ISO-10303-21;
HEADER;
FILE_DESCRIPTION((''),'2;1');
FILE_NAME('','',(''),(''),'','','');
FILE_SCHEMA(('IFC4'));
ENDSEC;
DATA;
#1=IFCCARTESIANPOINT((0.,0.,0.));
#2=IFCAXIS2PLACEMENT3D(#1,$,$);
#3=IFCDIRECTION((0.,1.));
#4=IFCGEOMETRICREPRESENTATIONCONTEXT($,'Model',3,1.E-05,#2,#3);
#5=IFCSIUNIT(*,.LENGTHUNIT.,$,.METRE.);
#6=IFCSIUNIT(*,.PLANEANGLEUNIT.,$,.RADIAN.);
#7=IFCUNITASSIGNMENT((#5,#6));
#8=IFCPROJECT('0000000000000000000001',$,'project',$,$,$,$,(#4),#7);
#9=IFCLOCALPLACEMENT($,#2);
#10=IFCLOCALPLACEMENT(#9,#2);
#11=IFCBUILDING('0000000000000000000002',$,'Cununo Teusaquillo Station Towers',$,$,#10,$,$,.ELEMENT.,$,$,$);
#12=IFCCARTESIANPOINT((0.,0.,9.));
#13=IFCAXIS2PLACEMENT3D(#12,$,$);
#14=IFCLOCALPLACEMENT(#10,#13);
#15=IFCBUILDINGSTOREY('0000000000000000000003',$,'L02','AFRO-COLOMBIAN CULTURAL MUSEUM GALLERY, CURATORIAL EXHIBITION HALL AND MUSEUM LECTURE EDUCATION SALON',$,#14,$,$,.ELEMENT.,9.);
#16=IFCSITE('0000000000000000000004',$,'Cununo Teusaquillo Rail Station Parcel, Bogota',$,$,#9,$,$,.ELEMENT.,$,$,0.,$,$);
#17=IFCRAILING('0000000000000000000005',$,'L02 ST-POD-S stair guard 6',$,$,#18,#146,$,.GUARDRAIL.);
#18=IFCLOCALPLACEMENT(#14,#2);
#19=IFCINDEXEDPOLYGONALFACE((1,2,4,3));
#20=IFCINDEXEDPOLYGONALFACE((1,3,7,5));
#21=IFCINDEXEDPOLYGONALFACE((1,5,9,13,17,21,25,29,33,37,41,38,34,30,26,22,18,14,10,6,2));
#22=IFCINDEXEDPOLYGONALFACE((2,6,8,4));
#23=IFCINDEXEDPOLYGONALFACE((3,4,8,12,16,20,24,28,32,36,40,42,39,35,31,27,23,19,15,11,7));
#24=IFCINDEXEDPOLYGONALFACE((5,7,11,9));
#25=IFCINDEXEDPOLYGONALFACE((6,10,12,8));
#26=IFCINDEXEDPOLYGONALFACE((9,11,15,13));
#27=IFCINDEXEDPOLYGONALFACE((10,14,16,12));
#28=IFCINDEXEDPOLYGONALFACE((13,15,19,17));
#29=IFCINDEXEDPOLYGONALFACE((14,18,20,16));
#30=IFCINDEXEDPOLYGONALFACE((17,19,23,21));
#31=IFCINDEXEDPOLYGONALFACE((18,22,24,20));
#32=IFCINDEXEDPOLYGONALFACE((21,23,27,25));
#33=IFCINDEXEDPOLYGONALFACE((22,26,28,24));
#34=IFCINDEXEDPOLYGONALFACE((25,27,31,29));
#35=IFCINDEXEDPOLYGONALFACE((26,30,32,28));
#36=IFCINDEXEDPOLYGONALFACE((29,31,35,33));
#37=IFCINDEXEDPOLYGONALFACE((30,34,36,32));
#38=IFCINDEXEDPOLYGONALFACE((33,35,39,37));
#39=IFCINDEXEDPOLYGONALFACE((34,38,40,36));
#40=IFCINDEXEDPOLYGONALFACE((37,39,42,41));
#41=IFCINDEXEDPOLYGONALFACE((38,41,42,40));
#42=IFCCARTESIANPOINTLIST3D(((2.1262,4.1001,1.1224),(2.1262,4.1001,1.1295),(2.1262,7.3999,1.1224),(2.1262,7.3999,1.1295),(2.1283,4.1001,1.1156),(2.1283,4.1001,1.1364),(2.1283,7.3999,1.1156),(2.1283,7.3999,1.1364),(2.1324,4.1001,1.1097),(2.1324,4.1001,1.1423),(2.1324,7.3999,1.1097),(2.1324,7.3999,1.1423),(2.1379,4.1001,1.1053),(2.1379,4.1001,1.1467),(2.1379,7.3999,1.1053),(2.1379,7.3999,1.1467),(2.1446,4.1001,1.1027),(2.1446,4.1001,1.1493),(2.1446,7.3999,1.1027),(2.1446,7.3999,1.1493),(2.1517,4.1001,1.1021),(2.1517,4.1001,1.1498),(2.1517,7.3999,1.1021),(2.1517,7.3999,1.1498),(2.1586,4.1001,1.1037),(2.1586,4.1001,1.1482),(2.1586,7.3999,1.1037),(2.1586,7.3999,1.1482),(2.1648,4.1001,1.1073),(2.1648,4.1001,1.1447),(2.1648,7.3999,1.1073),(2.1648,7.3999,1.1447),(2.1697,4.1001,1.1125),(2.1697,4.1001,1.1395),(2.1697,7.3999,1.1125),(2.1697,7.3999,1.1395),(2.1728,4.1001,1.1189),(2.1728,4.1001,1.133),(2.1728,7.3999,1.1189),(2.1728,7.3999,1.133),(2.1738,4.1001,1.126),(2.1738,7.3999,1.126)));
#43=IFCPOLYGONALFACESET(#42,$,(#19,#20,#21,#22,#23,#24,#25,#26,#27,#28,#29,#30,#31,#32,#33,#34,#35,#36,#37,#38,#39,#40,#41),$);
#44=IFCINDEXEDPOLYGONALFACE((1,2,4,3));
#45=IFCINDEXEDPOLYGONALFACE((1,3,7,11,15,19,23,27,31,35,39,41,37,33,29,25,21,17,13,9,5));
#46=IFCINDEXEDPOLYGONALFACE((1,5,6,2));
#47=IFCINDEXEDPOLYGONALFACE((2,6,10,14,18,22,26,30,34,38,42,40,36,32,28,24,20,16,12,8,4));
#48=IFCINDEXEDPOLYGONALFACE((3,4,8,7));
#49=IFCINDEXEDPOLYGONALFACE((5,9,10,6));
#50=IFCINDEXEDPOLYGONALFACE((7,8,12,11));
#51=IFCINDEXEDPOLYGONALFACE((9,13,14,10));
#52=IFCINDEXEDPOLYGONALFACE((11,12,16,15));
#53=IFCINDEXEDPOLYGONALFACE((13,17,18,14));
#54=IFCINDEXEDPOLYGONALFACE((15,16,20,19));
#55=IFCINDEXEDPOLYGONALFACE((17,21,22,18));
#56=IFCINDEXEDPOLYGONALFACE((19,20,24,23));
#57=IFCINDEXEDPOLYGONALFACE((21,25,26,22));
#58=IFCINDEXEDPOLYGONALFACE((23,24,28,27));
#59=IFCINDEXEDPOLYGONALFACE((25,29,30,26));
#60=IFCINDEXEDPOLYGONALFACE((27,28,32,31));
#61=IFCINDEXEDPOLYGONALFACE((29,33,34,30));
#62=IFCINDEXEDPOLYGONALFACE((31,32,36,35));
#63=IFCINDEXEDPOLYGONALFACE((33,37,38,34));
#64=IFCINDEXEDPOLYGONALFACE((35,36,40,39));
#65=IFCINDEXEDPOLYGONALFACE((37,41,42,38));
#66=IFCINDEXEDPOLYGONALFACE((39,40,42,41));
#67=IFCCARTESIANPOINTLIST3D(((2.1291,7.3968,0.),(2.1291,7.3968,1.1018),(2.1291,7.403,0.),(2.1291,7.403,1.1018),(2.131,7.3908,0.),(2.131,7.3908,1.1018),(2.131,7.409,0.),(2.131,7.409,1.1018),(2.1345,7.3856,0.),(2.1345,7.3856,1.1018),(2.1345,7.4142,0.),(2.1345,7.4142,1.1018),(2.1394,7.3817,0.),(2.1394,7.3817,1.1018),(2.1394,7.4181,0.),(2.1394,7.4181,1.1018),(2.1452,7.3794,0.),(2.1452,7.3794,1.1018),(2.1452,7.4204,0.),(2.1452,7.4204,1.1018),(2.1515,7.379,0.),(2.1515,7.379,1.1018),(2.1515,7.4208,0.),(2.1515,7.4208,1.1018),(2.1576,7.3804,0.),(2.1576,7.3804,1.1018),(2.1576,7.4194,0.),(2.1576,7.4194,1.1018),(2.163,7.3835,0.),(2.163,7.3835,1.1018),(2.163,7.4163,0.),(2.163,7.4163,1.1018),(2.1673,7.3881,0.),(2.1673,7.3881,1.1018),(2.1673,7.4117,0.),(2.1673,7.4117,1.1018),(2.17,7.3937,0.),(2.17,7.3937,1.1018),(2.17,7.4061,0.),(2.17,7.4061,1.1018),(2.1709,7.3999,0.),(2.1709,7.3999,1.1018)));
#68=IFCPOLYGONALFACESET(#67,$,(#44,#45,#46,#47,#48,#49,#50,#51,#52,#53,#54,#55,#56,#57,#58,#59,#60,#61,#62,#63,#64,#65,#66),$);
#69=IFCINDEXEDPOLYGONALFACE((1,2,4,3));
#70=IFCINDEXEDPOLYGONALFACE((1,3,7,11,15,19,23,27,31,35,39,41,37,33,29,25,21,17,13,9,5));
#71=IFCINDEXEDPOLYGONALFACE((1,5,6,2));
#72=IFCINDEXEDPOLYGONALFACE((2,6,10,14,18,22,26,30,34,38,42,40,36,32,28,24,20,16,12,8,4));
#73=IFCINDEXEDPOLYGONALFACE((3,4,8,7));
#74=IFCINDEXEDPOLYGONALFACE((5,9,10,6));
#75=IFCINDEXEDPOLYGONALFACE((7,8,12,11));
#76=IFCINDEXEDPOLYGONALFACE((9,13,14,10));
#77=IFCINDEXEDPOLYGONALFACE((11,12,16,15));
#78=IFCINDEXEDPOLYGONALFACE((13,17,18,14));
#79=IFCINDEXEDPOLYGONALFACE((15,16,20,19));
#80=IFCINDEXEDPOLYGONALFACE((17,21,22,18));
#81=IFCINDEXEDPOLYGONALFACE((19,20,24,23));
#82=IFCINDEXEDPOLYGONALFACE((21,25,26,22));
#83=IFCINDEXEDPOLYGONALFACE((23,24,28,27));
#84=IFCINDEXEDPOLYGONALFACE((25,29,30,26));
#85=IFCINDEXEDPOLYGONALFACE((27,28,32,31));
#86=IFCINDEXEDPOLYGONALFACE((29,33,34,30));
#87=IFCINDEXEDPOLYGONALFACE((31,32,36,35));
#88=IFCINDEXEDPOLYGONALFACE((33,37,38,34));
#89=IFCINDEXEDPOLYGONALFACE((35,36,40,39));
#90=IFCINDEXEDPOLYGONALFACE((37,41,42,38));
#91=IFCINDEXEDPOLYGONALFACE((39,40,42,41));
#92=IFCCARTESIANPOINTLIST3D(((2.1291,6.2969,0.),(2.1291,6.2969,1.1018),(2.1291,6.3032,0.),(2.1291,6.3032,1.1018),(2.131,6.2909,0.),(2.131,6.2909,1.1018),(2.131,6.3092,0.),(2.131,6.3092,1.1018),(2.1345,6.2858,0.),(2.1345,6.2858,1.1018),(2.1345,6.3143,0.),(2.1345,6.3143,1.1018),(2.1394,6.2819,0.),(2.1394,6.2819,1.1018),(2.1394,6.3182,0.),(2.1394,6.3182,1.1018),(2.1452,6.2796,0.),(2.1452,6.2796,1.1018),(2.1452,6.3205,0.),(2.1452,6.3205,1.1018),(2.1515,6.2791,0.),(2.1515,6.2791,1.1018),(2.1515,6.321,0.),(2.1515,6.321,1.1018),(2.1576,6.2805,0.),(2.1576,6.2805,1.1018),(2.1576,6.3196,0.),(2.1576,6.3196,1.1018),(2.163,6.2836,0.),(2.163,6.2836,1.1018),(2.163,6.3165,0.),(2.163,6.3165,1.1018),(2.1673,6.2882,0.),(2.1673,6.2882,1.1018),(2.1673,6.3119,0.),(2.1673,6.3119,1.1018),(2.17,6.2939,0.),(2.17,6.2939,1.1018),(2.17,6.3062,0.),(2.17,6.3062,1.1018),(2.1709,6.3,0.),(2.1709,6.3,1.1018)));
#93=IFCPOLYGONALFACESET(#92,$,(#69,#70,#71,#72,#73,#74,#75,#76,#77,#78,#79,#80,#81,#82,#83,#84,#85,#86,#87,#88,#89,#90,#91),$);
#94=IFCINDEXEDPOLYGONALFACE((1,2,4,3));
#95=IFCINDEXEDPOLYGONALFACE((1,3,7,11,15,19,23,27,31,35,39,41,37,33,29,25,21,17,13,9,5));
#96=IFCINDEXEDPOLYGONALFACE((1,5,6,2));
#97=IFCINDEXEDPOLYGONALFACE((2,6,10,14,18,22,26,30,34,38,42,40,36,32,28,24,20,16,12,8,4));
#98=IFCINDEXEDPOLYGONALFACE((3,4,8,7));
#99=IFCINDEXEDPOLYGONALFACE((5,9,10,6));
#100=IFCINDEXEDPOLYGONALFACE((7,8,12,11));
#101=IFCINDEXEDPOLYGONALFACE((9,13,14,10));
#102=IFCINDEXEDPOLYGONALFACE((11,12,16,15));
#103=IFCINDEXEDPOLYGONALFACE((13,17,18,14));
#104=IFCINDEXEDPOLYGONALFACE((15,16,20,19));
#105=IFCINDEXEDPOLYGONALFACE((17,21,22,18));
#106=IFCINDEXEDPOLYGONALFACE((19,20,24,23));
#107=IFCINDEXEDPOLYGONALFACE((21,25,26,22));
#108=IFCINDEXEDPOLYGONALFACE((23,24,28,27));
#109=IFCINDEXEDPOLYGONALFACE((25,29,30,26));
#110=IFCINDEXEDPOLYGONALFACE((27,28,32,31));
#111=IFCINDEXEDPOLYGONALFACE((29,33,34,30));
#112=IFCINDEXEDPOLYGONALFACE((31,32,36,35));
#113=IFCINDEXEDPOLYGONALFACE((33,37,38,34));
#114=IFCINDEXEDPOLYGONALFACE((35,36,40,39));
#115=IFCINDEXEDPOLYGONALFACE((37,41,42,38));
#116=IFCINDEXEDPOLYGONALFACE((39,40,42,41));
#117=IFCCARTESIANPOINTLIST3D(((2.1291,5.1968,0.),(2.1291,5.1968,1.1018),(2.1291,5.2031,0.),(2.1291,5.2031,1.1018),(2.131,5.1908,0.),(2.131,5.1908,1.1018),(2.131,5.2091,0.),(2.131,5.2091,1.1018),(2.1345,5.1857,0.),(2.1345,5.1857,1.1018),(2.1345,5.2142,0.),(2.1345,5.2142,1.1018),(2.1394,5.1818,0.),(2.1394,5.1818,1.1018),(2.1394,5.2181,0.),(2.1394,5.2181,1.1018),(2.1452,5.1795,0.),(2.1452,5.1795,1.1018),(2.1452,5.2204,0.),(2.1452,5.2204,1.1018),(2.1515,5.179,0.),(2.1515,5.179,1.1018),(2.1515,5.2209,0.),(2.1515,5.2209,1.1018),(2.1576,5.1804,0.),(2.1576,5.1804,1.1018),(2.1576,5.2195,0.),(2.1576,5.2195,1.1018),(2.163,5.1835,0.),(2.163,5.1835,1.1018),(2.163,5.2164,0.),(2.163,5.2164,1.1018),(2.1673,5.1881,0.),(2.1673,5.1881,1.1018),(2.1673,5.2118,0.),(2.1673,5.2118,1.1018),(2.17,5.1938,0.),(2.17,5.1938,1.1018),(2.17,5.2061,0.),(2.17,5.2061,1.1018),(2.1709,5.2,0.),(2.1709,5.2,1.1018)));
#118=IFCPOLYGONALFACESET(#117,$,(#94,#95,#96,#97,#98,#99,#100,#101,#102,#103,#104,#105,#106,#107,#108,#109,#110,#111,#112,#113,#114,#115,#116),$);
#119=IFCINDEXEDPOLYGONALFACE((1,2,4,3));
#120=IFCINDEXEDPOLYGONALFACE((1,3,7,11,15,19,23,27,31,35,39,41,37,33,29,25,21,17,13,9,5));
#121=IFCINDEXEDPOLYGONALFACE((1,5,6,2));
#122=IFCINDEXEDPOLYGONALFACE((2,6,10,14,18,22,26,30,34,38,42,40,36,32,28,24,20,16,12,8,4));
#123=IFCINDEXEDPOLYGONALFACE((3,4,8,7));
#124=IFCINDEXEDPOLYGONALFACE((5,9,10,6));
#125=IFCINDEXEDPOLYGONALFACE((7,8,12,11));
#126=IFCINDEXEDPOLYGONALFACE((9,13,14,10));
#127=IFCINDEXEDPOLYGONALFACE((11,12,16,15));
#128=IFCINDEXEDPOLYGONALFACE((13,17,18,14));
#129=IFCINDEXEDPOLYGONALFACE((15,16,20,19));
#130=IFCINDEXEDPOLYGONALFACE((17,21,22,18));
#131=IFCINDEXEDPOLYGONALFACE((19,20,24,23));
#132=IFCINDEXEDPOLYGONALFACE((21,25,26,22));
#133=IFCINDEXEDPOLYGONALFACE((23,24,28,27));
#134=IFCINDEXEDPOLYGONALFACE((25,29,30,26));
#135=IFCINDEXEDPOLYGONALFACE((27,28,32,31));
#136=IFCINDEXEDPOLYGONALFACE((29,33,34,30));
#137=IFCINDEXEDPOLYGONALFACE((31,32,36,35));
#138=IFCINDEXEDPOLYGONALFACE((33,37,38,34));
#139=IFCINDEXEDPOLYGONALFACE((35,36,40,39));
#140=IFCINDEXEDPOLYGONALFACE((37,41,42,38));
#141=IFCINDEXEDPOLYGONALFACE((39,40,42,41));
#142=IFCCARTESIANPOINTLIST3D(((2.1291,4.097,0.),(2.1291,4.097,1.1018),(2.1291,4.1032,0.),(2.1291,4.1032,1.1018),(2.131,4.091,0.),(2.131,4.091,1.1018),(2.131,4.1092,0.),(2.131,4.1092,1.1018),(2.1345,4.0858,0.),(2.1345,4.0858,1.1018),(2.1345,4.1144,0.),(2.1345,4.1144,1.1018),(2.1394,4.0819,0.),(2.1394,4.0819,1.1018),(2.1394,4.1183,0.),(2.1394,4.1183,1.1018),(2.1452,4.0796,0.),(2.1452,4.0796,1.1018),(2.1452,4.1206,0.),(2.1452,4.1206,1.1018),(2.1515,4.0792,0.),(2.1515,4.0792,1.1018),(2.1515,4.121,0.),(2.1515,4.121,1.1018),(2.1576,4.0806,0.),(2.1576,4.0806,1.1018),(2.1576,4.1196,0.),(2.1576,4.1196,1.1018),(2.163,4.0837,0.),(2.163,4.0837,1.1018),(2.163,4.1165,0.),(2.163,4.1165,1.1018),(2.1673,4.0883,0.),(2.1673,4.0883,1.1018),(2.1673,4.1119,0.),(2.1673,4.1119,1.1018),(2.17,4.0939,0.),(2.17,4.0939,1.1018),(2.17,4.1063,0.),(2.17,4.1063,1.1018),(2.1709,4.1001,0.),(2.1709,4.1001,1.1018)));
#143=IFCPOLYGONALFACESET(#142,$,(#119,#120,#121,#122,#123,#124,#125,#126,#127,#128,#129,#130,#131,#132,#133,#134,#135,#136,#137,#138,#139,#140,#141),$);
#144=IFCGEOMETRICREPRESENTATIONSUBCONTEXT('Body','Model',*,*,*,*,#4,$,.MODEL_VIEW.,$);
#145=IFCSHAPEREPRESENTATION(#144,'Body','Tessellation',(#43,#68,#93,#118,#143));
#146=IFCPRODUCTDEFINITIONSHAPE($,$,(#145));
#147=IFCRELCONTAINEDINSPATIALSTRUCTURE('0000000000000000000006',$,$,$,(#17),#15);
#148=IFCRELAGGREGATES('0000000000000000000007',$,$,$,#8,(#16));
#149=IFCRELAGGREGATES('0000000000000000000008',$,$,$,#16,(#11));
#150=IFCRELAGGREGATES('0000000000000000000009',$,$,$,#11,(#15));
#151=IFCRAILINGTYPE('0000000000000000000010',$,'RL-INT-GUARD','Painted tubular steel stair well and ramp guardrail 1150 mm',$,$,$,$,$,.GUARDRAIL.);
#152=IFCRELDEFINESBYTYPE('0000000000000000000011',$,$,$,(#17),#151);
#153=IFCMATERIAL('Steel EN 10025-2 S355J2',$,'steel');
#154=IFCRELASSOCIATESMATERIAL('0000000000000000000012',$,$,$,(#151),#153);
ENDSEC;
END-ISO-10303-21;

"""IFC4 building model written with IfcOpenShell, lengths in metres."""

from ifc_helpers import new_model, si_unit, direction, frame, origin, origin_2d, place, context, subcontext, project, spatial, circle, extrude, material, type_object, element, save


model = new_model("IFC4")

# Units and contexts
model_context = context("Model", 3, precision=1e-05, world=origin(), true_north=direction((0.0, 1.0)))
body_context = subcontext(model_context, "Body", "Model", "MODEL_VIEW")
ifc_project = project(units=[si_unit("LENGTHUNIT", "METRE"), si_unit("PLANEANGLEUNIT", "RADIAN")], contexts=[model_context])

# Site, building, storey
site_placement = place(None, origin())
site = spatial("IfcSite", under=ifc_project, at=site_placement, Name="Cununo Teusaquillo Rail Station Parcel, Bogota", CompositionType="ELEMENT", RefElevation=0.0)
building_placement = place(site_placement, origin())
building = spatial("IfcBuilding", under=site, at=building_placement, Name="Cununo Teusaquillo Station Towers", CompositionType="ELEMENT")
storey_placement = place(building_placement, frame((0.0, 0.0, 9.0)))
storey = spatial("IfcBuildingStorey", under=building, at=storey_placement, Name="L02", Description="AFRO-COLOMBIAN CULTURAL MUSEUM GALLERY, CURATORIAL EXHIBITION HALL AND MUSEUM LECTURE EDUCATION SALON", CompositionType="ELEMENT", Elevation=9.0)

# Railing
ifc_material_1 = material(Name="Steel EN 10025-2 S355J2", Category="steel")
railing_type_1 = type_object("IfcRailingType", Name="RL-INT-GUARD", Description="Painted tubular steel stair well and ramp guardrail 1150 mm", PredefinedType="GUARDRAIL", material=ifc_material_1)
railing_1_placement = place(storey_placement, frame((2.1499, 7.3999, 0.0)))
element("IfcRailing", 1, at=railing_1_placement, inside=storey, type_object=railing_type_1, Name="L02 ST-POD-S stair guard 6", PredefinedType="GUARDRAIL", context=body_context, shape_type="SweptSolid", body=[
    extrude(circle(Radius=0.0239, at=origin_2d()), frame((0.0, 0.0, 1.126), z_axis=(0.0, -1.0, 0.0), x_axis=(1.0, 0.0, 0.0)), (0.0, 0.0, 1.0), 3.2998),
    extrude(circle(Radius=0.021, at=origin_2d()), origin(), (0.0, 0.0, 1.0), 1.1018),
    extrude(circle(Radius=0.021, at=origin_2d()), frame((0.0, -1.0999, 0.0)), (0.0, 0.0, 1.0), 1.1018),
    extrude(circle(Radius=0.021, at=origin_2d()), frame((0.0, -2.2, 0.0)), (0.0, 0.0, 1.0), 1.1018),
    extrude(circle(Radius=0.021, at=origin_2d()), frame((0.0, -3.2998, 0.0)), (0.0, 0.0, 1.0), 1.1018),
])

save(model, "model.ifc")
